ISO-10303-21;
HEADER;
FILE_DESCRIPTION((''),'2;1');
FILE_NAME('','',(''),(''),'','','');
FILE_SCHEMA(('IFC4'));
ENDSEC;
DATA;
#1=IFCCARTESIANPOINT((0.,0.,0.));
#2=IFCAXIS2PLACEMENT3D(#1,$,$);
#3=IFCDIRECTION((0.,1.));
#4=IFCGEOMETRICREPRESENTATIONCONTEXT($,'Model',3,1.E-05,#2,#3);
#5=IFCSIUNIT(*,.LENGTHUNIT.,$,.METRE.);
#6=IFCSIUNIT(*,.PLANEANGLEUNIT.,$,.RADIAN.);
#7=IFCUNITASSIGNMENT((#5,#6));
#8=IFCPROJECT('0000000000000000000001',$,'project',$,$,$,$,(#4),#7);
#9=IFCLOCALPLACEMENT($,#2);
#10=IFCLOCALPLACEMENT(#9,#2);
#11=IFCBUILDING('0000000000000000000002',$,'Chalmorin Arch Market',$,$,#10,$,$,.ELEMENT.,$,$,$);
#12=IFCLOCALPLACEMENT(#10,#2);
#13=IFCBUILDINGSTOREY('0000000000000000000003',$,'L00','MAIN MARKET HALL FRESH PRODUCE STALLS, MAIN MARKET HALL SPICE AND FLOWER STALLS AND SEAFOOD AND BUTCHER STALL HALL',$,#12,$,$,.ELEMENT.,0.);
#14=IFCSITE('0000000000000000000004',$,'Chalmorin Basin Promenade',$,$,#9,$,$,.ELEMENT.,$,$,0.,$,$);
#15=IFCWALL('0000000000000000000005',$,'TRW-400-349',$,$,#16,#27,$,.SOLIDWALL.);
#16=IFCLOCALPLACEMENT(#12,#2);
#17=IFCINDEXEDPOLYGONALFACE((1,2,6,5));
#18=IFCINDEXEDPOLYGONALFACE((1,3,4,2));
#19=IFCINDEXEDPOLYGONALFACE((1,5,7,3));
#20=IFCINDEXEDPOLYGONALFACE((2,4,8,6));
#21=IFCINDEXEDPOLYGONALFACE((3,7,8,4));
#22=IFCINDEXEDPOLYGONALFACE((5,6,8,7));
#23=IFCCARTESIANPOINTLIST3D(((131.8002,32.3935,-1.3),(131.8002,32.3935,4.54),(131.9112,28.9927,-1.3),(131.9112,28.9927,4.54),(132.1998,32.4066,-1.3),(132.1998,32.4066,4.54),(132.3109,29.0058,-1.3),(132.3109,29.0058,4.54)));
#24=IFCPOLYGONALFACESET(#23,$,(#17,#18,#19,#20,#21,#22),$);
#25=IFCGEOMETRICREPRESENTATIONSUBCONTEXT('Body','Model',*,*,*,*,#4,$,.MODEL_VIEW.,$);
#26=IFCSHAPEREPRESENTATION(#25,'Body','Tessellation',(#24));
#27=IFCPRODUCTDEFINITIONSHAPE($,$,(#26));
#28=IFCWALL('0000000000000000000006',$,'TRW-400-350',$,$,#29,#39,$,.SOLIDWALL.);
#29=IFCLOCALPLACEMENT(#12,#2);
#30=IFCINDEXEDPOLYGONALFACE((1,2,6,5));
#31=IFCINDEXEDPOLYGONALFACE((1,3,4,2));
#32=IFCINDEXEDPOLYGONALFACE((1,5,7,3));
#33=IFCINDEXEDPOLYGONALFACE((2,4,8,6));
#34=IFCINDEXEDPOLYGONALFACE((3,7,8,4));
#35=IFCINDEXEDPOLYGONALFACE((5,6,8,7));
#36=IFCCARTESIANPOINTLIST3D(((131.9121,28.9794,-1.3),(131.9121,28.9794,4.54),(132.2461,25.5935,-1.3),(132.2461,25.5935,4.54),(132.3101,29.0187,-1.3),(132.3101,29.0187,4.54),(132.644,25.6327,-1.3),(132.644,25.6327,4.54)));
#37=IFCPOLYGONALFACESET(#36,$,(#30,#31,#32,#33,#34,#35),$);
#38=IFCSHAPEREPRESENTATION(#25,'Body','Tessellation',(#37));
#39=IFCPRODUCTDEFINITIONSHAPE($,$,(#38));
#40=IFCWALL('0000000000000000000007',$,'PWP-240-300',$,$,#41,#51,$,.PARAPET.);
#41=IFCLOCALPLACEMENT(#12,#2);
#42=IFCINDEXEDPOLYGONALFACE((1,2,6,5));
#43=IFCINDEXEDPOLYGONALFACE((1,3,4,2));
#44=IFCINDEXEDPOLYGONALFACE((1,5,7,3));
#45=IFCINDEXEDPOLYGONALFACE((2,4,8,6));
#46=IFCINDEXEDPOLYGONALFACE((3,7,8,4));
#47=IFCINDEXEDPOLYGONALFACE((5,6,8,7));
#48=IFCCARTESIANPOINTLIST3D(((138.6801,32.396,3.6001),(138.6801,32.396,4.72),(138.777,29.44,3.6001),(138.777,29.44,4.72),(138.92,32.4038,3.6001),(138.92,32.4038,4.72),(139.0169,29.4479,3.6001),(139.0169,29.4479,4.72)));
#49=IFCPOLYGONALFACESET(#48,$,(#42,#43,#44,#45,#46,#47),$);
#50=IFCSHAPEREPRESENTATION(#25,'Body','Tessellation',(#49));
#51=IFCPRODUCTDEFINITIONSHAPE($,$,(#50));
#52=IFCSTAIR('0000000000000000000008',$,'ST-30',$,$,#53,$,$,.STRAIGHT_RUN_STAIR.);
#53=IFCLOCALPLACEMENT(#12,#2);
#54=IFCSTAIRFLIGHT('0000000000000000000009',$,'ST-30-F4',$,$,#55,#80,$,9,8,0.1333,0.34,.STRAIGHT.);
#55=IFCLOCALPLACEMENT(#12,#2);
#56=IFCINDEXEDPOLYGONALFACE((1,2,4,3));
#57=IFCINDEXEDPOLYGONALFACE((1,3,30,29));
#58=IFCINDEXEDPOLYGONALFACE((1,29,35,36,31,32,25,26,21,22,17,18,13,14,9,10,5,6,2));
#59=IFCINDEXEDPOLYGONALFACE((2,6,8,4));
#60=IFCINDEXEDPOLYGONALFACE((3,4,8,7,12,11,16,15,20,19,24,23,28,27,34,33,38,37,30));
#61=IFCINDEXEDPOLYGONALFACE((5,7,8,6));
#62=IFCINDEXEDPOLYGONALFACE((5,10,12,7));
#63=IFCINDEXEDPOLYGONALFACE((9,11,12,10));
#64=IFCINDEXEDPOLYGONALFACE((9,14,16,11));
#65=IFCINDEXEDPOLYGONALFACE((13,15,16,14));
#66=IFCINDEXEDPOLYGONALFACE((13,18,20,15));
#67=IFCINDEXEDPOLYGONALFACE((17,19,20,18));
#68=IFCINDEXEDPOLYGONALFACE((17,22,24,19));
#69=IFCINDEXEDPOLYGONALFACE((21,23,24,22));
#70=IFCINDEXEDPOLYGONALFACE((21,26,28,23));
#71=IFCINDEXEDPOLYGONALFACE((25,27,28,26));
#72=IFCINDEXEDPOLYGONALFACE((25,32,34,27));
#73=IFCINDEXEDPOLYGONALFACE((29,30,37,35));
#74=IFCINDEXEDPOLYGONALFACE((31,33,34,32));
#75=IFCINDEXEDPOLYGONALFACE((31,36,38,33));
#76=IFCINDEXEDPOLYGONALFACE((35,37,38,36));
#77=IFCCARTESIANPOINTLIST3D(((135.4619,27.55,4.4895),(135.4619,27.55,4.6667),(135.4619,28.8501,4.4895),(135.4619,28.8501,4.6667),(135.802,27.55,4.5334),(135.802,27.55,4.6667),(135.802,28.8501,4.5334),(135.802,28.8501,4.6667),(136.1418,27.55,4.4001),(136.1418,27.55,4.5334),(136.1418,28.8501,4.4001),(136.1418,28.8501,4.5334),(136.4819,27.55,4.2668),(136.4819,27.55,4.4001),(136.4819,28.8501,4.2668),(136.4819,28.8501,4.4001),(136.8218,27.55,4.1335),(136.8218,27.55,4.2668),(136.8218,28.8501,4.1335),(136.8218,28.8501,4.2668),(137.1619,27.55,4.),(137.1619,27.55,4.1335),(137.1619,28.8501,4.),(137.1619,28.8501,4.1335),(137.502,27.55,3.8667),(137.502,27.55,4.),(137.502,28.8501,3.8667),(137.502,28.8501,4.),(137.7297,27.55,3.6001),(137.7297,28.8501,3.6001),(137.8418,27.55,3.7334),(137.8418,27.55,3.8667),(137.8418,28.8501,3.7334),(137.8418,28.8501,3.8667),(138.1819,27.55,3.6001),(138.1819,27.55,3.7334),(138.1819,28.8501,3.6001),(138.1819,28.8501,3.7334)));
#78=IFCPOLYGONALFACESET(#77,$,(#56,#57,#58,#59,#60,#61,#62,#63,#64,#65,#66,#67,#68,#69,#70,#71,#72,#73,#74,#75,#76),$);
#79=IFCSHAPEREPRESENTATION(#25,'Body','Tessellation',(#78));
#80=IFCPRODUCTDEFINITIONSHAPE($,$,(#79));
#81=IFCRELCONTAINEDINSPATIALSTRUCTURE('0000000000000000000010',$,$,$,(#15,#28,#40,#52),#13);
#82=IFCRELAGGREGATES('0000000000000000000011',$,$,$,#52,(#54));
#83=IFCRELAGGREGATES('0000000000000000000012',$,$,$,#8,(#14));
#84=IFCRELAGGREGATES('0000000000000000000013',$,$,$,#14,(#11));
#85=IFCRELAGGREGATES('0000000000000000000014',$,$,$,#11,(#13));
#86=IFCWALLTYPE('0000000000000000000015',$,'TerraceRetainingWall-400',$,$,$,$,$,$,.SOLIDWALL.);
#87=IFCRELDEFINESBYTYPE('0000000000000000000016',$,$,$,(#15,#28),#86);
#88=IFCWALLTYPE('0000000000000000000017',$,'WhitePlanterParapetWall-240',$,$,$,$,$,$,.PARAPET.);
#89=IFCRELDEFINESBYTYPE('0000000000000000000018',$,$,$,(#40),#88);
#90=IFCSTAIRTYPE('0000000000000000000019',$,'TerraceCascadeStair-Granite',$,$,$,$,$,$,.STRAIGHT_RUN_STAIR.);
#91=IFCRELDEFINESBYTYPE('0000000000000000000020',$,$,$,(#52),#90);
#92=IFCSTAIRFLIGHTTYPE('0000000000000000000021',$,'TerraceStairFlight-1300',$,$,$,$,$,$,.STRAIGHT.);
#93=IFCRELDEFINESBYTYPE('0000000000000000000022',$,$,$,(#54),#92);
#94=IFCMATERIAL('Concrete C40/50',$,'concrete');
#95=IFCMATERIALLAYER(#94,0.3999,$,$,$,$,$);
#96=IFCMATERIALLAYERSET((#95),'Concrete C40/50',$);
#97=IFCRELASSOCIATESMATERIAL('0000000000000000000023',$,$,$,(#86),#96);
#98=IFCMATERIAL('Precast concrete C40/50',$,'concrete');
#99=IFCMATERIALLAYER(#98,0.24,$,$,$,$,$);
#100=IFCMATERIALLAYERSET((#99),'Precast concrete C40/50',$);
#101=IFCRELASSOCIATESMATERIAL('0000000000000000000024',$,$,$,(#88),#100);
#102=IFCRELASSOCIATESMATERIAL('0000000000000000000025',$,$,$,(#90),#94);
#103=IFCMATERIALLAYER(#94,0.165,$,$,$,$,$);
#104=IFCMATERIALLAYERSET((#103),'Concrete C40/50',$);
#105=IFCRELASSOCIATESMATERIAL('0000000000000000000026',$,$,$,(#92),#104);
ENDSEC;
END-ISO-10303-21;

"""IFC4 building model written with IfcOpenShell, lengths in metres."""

from ifc_helpers import new_model, si_unit, direction, frame, frame_2d, origin, place, context, subcontext, project, spatial, polyline, rectangle, outline, extrude, material, layer, layer_set, type_object, element, aggregate, save


model = new_model("IFC4")

# Units and contexts
model_context = context("Model", 3, precision=1e-05, world=origin(), true_north=direction((0.0, 1.0)))
body_context = subcontext(model_context, "Body", "Model", "MODEL_VIEW")
ifc_project = project(units=[si_unit("LENGTHUNIT", "METRE"), si_unit("PLANEANGLEUNIT", "RADIAN")], contexts=[model_context])

# Site, building, storey
site_placement = place(None, origin())
site = spatial("IfcSite", under=ifc_project, at=site_placement, Name="Chalmorin Basin Promenade", CompositionType="ELEMENT", RefElevation=0.0)
building_placement = place(site_placement, origin())
building = spatial("IfcBuilding", under=site, at=building_placement, Name="Chalmorin Arch Market", CompositionType="ELEMENT")
storey_placement = place(building_placement, origin())
storey = spatial("IfcBuildingStorey", under=building, at=storey_placement, Name="L00", Description="MAIN MARKET HALL FRESH PRODUCE STALLS, MAIN MARKET HALL SPICE AND FLOWER STALLS AND SEAFOOD AND BUTCHER STALL HALL", CompositionType="ELEMENT", Elevation=0.0)

# Shared definitions
ifc_material_1 = material(Name="Concrete C40/50", Category="concrete")

# Walls
ifc_layer_1 = layer(ifc_material_1, 0.3999)
ifc_layer_set_1 = layer_set([ifc_layer_1], Name="Concrete C40/50")
wall_type_1 = type_object("IfcWallType", Name="TerraceRetainingWall-400", PredefinedType="SOLIDWALL", material=ifc_layer_set_1)
wall_1_placement = place(storey_placement, frame((132.0, 32.3999, -1.3), z_axis=(0.0, 0.0, 1.0), x_axis=(0.032646, -0.999467, 0.0)))
element("IfcWall", 1, at=wall_1_placement, inside=storey, type_object=wall_type_1, Name="TRW-400-349", PredefinedType="SOLIDWALL", context=body_context, shape_type="SweptSolid", body=[
    extrude(rectangle(XDim=3.4026, YDim=0.3999, at=frame_2d((1.7012, 0.0))), origin(), (0.0, 0.0, 1.0), 5.8401),
])
wall_2_placement = place(storey_placement, frame((132.1111, 28.999, -1.3), z_axis=(0.0, 0.0, 1.0), x_axis=(0.098161, -0.995171, 0.0)))
element("IfcWall", 2, at=wall_2_placement, inside=storey, type_object=wall_type_1, Name="TRW-400-350", PredefinedType="SOLIDWALL", context=body_context, shape_type="SweptSolid", body=[
    extrude(rectangle(XDim=3.4023, YDim=0.3999, at=frame_2d((1.7012, 0.0))), origin(), (0.0, 0.0, 1.0), 5.8401),
])
ifc_material_2 = material(Name="Precast concrete C40/50", Category="concrete")
ifc_layer_2 = layer(ifc_material_2, 0.24)
ifc_layer_set_2 = layer_set([ifc_layer_2], Name="Precast concrete C40/50")
wall_type_2 = type_object("IfcWallType", Name="WhitePlanterParapetWall-240", PredefinedType="PARAPET", material=ifc_layer_set_2)
wall_3_placement = place(storey_placement, frame((138.8, 32.3999, 3.6001), z_axis=(0.0, 0.0, 1.0), x_axis=(0.032773, -0.999463, 0.0)))
element("IfcWall", 3, at=wall_3_placement, inside=storey, type_object=wall_type_2, Name="PWP-240-300", PredefinedType="PARAPET", context=body_context, shape_type="SweptSolid", body=[
    extrude(rectangle(XDim=2.9575, YDim=0.24, at=frame_2d((1.4788, 0.0))), origin(), (0.0, 0.0, 1.0), 1.1199),
])

# Stair, stair flight
stair_type = type_object("IfcStairType", Name="TerraceCascadeStair-Granite", PredefinedType="STRAIGHT_RUN_STAIR", material=ifc_material_1)
stair_placement = place(storey_placement, origin())
stair = element("IfcStair", 4, at=stair_placement, inside=storey, type_object=stair_type, Name="ST-30", PredefinedType="STRAIGHT_RUN_STAIR")
ifc_layer_3 = layer(ifc_material_1, 0.165)
ifc_layer_set_3 = layer_set([ifc_layer_3], Name="Concrete C40/50")
stair_flight_type = type_object("IfcStairFlightType", Name="TerraceStairFlight-1300", PredefinedType="STRAIGHT", material=ifc_layer_set_3)
stair_flight_placement = place(storey_placement, frame((138.1819, 28.2, 3.6001), z_axis=(0.0, 0.0, 1.0), x_axis=(-1.0, 0.0, 0.0)))
stair_flight = element("IfcStairFlight", 5, at=stair_flight_placement, type_object=stair_flight_type, Name="ST-30-F4", NumberOfRisers=9, NumberOfTreads=8, PredefinedType="STRAIGHT", RiserHeight=0.1333, TreadLength=0.34, context=body_context, shape_type="SweptSolid", body=[
    extrude(outline(polyline([(0.0, 0.0), (0.0, 0.1333), (0.3401, 0.1333), (0.3401, 0.2666), (0.6799, 0.2666), (0.6799, 0.3999), (1.02, 0.3999), (1.02, 0.5334), (1.3601, 0.5334), (1.3601, 0.6667), (1.7, 0.6667), (1.7, 0.8), (2.04, 0.8), (2.04, 0.9333), (2.3799, 0.9333), (2.3799, 1.0667), (2.72, 1.0667), (2.72, 1.2), (2.72, 0.8894), (0.4521, 0.0), (0.0, 0.0)])), frame((0.0, 0.6499, 0.0), z_axis=(0.0, -1.0, 0.0), x_axis=(1.0, 0.0, 0.0)), (0.0, 0.0, 1.0), 1.3),
])
aggregate(stair, [stair_flight])

save(model, "model.ifc")
